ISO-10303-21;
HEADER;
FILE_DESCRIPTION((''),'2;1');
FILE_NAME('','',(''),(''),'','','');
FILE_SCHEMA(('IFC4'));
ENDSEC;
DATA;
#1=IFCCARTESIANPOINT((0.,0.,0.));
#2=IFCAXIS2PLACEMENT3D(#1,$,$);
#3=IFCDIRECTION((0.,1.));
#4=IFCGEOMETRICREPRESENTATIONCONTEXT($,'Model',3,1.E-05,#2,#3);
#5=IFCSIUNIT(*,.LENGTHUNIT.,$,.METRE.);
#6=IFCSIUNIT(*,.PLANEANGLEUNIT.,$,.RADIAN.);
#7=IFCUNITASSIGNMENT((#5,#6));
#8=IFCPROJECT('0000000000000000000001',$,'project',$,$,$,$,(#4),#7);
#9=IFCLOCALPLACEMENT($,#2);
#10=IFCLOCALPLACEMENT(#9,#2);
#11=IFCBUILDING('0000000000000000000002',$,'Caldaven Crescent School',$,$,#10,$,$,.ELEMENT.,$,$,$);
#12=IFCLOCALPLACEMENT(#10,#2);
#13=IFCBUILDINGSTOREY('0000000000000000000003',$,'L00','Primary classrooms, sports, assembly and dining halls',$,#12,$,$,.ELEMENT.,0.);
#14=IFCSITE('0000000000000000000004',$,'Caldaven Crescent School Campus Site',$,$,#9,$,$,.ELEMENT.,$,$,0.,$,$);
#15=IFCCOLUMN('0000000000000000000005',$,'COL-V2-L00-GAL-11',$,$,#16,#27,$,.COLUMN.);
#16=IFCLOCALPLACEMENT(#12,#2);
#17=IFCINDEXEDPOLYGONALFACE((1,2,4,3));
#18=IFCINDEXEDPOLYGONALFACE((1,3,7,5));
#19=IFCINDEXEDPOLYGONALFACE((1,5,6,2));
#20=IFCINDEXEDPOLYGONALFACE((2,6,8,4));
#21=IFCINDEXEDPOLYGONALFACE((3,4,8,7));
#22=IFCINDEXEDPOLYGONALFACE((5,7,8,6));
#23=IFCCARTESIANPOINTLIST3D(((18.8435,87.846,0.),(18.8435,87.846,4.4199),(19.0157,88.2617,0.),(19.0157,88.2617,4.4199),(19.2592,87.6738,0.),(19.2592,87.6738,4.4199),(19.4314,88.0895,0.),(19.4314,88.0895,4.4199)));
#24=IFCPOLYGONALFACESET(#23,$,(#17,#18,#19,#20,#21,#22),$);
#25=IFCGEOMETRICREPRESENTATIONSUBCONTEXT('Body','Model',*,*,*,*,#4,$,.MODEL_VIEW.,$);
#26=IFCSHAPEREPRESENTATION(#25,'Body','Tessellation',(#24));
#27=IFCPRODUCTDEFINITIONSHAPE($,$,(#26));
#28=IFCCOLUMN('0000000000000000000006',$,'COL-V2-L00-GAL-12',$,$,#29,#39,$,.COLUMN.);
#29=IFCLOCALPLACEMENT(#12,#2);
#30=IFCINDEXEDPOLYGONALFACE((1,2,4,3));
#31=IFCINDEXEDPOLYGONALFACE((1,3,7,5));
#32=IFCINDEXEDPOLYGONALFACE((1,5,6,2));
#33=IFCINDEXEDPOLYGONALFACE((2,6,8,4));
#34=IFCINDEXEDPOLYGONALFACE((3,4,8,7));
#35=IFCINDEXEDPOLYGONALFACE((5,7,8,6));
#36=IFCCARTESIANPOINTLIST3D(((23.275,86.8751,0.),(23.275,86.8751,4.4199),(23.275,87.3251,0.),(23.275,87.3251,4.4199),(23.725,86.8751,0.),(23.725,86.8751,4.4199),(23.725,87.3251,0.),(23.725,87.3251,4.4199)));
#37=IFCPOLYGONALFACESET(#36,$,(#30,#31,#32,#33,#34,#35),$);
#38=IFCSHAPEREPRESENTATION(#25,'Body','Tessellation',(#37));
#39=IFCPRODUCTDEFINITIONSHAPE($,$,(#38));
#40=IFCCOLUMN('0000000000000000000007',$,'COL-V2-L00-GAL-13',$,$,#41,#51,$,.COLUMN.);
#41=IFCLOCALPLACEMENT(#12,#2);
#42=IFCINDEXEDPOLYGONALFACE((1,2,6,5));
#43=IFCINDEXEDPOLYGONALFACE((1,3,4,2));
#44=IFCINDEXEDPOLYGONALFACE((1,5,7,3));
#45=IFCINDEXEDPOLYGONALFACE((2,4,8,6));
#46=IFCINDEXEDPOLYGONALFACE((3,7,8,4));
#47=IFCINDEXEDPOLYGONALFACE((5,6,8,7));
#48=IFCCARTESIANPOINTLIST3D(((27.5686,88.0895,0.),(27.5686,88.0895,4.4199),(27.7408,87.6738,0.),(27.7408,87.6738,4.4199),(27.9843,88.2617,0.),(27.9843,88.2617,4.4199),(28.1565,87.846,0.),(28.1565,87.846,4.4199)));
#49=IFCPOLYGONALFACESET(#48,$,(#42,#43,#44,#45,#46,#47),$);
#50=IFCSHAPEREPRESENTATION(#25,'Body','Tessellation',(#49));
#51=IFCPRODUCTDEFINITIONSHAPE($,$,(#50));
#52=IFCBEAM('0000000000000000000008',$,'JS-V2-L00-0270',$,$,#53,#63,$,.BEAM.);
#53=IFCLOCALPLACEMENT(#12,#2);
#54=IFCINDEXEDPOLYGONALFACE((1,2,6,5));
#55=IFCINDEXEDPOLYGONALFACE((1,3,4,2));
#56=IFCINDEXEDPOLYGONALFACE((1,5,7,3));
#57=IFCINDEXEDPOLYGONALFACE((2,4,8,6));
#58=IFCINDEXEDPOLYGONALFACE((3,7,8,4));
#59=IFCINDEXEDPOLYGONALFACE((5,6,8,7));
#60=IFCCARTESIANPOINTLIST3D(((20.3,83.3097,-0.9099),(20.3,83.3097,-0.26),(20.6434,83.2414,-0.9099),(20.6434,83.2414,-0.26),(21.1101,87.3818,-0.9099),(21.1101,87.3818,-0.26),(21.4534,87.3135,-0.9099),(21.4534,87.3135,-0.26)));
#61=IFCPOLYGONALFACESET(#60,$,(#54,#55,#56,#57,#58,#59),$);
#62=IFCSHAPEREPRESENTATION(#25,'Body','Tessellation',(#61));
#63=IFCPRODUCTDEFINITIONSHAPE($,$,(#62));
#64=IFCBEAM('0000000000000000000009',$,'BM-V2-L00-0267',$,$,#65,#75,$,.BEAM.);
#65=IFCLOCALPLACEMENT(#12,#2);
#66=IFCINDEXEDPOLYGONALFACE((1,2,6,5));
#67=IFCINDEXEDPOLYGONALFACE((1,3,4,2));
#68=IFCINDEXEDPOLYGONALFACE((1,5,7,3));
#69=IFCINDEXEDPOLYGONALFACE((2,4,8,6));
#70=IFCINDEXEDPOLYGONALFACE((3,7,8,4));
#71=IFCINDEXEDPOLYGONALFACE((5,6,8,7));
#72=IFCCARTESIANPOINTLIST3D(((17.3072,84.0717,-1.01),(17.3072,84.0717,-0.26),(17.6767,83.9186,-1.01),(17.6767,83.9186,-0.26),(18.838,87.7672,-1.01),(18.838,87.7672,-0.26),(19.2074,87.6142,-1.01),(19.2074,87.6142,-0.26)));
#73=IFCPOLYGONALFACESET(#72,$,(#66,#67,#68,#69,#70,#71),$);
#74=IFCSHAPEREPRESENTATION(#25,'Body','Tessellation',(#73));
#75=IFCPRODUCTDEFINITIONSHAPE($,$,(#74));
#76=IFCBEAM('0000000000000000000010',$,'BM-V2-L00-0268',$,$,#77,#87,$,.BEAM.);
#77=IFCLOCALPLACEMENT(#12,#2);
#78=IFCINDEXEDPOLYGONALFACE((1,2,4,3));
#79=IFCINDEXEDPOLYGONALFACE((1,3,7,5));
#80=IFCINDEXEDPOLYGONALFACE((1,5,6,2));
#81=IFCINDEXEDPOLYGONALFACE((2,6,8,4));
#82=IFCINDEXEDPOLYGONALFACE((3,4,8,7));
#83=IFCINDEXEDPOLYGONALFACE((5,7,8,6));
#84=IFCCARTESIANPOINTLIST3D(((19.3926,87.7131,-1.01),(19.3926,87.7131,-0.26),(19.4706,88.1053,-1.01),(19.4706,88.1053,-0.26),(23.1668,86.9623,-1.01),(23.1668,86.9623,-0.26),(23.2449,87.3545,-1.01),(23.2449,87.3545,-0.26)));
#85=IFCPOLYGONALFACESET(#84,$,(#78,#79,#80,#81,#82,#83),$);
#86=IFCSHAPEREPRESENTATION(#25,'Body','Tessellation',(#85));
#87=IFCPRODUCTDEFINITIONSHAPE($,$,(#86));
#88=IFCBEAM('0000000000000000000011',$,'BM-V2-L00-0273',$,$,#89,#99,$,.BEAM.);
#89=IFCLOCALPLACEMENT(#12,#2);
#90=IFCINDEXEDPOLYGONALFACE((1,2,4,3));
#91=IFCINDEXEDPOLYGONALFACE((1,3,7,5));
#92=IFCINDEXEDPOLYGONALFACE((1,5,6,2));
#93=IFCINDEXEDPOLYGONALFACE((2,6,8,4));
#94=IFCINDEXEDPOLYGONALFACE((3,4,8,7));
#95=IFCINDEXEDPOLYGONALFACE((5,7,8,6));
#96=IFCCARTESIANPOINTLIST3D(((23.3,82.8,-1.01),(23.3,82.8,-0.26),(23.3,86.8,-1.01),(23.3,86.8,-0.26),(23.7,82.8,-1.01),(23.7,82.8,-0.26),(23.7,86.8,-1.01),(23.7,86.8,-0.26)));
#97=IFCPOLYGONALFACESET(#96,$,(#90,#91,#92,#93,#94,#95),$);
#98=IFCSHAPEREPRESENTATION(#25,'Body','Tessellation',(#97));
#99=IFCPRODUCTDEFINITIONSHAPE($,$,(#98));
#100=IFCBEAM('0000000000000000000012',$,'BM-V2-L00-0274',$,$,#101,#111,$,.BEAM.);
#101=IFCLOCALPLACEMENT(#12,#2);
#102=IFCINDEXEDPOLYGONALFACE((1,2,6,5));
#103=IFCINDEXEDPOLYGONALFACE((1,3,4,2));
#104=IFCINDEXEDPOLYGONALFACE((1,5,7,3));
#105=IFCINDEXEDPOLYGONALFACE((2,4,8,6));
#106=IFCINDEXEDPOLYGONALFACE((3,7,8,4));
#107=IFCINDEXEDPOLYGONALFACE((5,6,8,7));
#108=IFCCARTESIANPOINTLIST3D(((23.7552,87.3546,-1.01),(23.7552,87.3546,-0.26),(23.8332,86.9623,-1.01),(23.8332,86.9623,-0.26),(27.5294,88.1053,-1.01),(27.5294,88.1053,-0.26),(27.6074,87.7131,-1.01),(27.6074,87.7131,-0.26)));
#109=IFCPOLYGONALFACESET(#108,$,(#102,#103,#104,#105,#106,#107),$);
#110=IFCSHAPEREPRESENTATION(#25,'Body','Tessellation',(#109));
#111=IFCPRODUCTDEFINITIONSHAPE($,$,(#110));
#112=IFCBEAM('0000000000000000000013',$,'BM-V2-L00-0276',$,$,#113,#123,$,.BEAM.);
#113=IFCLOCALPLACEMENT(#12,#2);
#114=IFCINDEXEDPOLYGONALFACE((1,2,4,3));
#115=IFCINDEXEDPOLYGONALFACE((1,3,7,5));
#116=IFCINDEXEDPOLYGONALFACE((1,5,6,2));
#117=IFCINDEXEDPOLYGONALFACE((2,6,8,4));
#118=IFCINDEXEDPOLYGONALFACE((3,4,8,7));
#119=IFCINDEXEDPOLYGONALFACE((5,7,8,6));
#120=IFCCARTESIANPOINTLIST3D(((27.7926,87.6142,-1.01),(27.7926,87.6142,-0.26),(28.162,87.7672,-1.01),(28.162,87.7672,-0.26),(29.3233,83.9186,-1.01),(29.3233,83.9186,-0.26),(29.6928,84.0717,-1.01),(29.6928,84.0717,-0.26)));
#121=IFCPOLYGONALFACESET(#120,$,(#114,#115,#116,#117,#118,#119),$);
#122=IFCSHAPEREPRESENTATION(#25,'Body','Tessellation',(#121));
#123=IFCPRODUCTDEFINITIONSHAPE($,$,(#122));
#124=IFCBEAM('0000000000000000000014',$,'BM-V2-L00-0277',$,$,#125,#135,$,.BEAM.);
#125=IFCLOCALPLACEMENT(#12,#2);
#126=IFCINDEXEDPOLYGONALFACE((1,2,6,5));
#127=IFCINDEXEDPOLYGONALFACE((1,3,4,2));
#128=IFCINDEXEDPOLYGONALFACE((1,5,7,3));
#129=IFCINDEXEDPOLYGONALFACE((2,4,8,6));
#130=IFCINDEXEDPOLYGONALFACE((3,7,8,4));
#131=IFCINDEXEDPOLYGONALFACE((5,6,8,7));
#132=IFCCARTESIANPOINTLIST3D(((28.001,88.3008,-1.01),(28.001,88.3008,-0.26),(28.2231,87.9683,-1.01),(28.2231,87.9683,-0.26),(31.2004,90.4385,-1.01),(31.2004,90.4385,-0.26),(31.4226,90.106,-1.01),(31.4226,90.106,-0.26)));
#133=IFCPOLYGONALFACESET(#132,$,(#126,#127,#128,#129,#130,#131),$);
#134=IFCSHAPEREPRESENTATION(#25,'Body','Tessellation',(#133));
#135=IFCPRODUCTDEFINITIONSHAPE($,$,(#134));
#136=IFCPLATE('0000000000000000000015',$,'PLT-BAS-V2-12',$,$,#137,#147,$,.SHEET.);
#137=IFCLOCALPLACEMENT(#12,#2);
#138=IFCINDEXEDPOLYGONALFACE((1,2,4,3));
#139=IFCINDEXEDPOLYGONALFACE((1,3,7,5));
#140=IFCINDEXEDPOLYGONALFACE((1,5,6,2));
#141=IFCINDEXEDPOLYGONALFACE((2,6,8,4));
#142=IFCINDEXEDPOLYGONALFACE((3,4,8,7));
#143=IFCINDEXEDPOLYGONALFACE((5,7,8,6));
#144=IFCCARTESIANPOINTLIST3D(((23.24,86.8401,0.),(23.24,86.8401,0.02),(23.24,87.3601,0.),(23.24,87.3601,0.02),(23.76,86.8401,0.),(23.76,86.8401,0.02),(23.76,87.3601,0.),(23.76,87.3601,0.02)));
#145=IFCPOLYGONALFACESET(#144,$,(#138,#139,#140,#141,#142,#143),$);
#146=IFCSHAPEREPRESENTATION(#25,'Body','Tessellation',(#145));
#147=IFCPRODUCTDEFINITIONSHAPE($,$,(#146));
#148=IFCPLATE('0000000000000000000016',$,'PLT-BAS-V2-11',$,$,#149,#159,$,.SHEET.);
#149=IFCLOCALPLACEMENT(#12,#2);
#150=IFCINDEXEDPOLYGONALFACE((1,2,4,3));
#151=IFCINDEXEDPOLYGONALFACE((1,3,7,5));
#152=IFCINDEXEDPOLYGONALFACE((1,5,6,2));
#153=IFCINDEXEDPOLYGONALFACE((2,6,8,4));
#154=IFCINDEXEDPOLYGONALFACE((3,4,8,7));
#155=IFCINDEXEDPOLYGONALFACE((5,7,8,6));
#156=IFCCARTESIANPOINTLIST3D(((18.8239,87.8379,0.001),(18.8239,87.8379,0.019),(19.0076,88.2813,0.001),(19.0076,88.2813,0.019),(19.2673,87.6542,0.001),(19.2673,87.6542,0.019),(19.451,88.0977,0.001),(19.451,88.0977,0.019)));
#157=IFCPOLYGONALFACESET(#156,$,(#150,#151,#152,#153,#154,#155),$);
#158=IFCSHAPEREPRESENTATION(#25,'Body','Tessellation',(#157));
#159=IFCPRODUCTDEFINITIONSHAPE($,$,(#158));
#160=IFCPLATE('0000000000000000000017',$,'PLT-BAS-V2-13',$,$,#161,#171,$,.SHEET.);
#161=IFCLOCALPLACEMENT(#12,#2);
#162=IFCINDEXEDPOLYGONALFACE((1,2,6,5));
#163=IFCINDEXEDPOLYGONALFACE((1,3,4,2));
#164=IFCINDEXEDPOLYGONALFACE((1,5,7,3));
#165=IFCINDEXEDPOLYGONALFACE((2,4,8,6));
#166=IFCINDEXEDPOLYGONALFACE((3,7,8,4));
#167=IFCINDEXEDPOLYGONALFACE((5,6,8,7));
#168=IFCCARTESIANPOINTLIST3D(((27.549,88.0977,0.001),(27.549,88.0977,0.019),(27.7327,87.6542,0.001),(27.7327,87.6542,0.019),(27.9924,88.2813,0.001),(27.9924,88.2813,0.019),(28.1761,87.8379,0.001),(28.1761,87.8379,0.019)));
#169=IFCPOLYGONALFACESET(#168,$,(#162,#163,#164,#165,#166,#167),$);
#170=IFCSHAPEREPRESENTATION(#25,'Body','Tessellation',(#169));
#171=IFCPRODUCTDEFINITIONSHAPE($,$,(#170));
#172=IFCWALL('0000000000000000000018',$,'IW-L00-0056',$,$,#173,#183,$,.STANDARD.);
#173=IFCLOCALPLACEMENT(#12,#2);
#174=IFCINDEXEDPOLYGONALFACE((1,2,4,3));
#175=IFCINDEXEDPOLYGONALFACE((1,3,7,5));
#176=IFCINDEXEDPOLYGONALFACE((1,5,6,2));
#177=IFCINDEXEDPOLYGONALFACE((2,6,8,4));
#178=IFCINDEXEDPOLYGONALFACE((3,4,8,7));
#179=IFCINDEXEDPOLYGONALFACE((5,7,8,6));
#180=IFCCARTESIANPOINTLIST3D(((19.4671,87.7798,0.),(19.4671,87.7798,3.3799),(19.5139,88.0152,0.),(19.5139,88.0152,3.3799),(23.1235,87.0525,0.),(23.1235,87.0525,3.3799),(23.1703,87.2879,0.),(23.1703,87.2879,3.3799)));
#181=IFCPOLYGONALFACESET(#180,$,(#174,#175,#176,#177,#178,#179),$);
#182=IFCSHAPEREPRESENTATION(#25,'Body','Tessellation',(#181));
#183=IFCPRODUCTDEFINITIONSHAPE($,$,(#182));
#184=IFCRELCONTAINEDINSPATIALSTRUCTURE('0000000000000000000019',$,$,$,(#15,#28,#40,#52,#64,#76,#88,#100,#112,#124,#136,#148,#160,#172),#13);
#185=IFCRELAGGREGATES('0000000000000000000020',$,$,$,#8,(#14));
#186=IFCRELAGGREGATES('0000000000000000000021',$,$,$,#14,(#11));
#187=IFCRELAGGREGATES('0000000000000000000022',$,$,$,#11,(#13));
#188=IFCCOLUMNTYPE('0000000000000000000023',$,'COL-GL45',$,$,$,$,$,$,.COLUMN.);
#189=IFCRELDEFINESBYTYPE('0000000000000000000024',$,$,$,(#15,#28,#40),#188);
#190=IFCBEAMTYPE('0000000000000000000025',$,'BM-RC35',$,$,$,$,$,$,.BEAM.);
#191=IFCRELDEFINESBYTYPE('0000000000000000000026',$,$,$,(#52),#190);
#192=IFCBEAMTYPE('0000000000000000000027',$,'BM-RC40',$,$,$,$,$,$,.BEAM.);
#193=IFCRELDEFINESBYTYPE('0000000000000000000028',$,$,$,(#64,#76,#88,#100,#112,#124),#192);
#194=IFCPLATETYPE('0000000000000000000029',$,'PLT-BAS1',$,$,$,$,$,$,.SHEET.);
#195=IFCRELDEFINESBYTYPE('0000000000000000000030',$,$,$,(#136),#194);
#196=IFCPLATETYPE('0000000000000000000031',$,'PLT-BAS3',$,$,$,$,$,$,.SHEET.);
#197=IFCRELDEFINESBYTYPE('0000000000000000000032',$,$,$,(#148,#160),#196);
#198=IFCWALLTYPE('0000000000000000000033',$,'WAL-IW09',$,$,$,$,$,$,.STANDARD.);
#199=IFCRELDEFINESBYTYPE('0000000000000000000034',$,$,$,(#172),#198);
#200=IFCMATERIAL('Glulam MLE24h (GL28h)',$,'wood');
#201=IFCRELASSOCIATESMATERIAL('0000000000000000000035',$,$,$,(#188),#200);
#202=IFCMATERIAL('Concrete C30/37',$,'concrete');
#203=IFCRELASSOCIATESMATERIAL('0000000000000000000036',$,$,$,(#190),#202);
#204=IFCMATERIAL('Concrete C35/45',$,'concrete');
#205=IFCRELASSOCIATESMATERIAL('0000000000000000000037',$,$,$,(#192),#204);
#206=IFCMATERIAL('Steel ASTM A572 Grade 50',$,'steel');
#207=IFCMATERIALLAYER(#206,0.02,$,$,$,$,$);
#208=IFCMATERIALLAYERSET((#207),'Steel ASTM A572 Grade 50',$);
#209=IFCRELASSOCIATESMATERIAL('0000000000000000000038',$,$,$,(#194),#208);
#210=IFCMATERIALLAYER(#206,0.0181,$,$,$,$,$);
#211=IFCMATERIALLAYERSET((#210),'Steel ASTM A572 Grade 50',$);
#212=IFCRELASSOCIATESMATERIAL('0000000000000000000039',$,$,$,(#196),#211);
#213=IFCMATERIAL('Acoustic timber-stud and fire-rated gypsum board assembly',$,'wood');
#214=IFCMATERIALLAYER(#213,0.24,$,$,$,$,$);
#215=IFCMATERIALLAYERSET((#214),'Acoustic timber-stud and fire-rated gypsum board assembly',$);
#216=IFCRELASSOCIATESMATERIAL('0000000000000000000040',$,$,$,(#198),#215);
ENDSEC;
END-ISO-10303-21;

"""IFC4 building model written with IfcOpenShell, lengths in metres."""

from ifc_helpers import new_model, si_unit, direction, frame, frame_2d, origin, origin_2d, place, context, subcontext, project, spatial, rectangle, extrude, material, layer, layer_set, material_profile, profile_set, type_object, element, save


model = new_model("IFC4")

# Units and contexts
model_context = context("Model", 3, precision=1e-05, world=origin(), true_north=direction((0.0, 1.0)))
body_context = subcontext(model_context, "Body", "Model", "MODEL_VIEW")
ifc_project = project(units=[si_unit("LENGTHUNIT", "METRE"), si_unit("PLANEANGLEUNIT", "RADIAN")], contexts=[model_context])

# Site, building, storey
site_placement = place(None, origin())
site = spatial("IfcSite", under=ifc_project, at=site_placement, Name="Caldaven Crescent School Campus Site", CompositionType="ELEMENT", RefElevation=0.0)
building_placement = place(site_placement, origin())
building = spatial("IfcBuilding", under=site, at=building_placement, Name="Caldaven Crescent School", CompositionType="ELEMENT")
storey_placement = place(building_placement, origin())
storey = spatial("IfcBuildingStorey", under=building, at=storey_placement, Name="L00", Description="Primary classrooms, sports, assembly and dining halls", CompositionType="ELEMENT", Elevation=0.0)

# Columns
ifc_material_1 = material(Name="Glulam MLE24h (GL28h)", Category="wood")
ifc_material_profile_1 = material_profile(ifc_material_1, rectangle(XDim=0.45, YDim=0.45, at=origin_2d()), Name="MLE 450x450")
ifc_profile_set_1 = profile_set([ifc_material_profile_1], Name="Glulam MLE24h (GL28h)")
column_type = type_object("IfcColumnType", Name="COL-GL45", PredefinedType="COLUMN", material=ifc_profile_set_1)
for number, where, z_axis, x_axis, name in (
    (1, (19.1375, 87.9678, 0.0), (0.0, 0.0, 1.0), (-0.382683, -0.92388, 0.0), "COL-V2-L00-GAL-11"),
    (2, (23.5, 87.1001, 0.0), (0.0, 0.0, 1.0), (0.0, -1.0, 0.0), "COL-V2-L00-GAL-12"),
    (3, (27.8625, 87.9678, 0.0), (0.0, 0.0, 1.0), (0.382683, -0.92388, 0.0), "COL-V2-L00-GAL-13"),
):
    element("IfcColumn", number, at=place(storey_placement, frame(where, z_axis=z_axis, x_axis=x_axis)), inside=storey, type_object=column_type, Name=name, PredefinedType="COLUMN", context=body_context, shape_type="SweptSolid", body=[
        extrude(rectangle(XDim=0.45, YDim=0.45, at=origin_2d()), origin(), (0.0, 0.0, 1.0), 4.4199),
    ])

# Beams
ifc_material_2 = material(Name="Concrete C30/37", Category="concrete")
ifc_material_profile_2 = material_profile(ifc_material_2, rectangle(XDim=0.3501, YDim=0.6499, at=origin_2d()), Name="RC 350x650")
ifc_profile_set_2 = profile_set([ifc_material_profile_2], Name="Concrete C30/37")
beam_type_1 = type_object("IfcBeamType", Name="BM-RC35", PredefinedType="BEAM", material=ifc_profile_set_2)
beam_1_placement = place(storey_placement, frame((21.2817, 87.3477, -0.585), z_axis=(-0.19511, -0.980781, 0.0), x_axis=(0.980781, -0.19511, 0.0)))
element("IfcBeam", 4, at=beam_1_placement, inside=storey, type_object=beam_type_1, Name="JS-V2-L00-0270", PredefinedType="BEAM", context=body_context, shape_type="SweptSolid", body=[
    extrude(rectangle(XDim=0.3501, YDim=0.6499, at=origin_2d()), origin(), (0.0, 0.0, 1.0), 4.1519),
])
ifc_material_3 = material(Name="Concrete C35/45", Category="concrete")
ifc_material_profile_3 = material_profile(ifc_material_3, rectangle(XDim=0.3999, YDim=0.75, at=origin_2d()), Name="RC 400x750")
ifc_profile_set_3 = profile_set([ifc_material_profile_3], Name="Concrete C35/45")
beam_type_2 = type_object("IfcBeamType", Name="BM-RC40", PredefinedType="BEAM", material=ifc_profile_set_3)
beam_2_placement = place(storey_placement, frame((19.0227, 87.6907, -0.635), z_axis=(-0.382686, -0.923878, 0.0), x_axis=(0.923878, -0.382686, 0.0)))
element("IfcBeam", 5, at=beam_2_placement, inside=storey, type_object=beam_type_2, Name="BM-V2-L00-0267", PredefinedType="BEAM", context=body_context, shape_type="SweptSolid", body=[
    extrude(rectangle(XDim=0.3999, YDim=0.75, at=origin_2d()), origin(), (0.0, 0.0, 1.0), 4.0),
])
beam_3_placement = place(storey_placement, frame((19.4316, 87.9092, -0.635), z_axis=(0.980785, -0.195091, 0.0), x_axis=(0.195091, 0.980785, 0.0)))
element("IfcBeam", 6, at=beam_3_placement, inside=storey, type_object=beam_type_2, Name="BM-V2-L00-0268", PredefinedType="BEAM", context=body_context, shape_type="SweptSolid", body=[
    extrude(rectangle(XDim=0.3999, YDim=0.75, at=origin_2d()), origin(), (0.0, 0.0, 1.0), 3.8481),
])
beam_4_placement = place(storey_placement, frame((23.5, 86.8, -0.635), z_axis=(0.0, -1.0, 0.0), x_axis=(1.0, 0.0, 0.0)))
element("IfcBeam", 7, at=beam_4_placement, inside=storey, type_object=beam_type_2, Name="BM-V2-L00-0273", PredefinedType="BEAM", context=body_context, shape_type="SweptSolid", body=[
    extrude(rectangle(XDim=0.3999, YDim=0.75, at=origin_2d()), origin(), (0.0, 0.0, 1.0), 4.0),
])
beam_5_placement = place(storey_placement, frame((23.7942, 87.1584, -0.635), z_axis=(0.980785, 0.195091, 0.0), x_axis=(-0.195091, 0.980785, 0.0)))
element("IfcBeam", 8, at=beam_5_placement, inside=storey, type_object=beam_type_2, Name="BM-V2-L00-0274", PredefinedType="BEAM", context=body_context, shape_type="SweptSolid", body=[
    extrude(rectangle(XDim=0.3999, YDim=0.75, at=origin_2d()), origin(), (0.0, 0.0, 1.0), 3.8481),
])
beam_6_placement = place(storey_placement, frame((27.9773, 87.6907, -0.635), z_axis=(0.382686, -0.923878, 0.0), x_axis=(0.923878, 0.382686, 0.0)))
element("IfcBeam", 9, at=beam_6_placement, inside=storey, type_object=beam_type_2, Name="BM-V2-L00-0276", PredefinedType="BEAM", context=body_context, shape_type="SweptSolid", body=[
    extrude(rectangle(XDim=0.3999, YDim=0.75, at=origin_2d()), origin(), (0.0, 0.0, 1.0), 4.0),
])
beam_7_placement = place(storey_placement, frame((28.1121, 88.1345, -0.635), z_axis=(0.831484, 0.555549, 0.0), x_axis=(-0.555549, 0.831484, 0.0)))
element("IfcBeam", 10, at=beam_7_placement, inside=storey, type_object=beam_type_2, Name="BM-V2-L00-0277", PredefinedType="BEAM", context=body_context, shape_type="SweptSolid", body=[
    extrude(rectangle(XDim=0.3999, YDim=0.75, at=origin_2d()), origin(), (0.0, 0.0, 1.0), 3.8479),
])

# Plates
ifc_material_4 = material(Name="Steel ASTM A572 Grade 50", Category="steel")
ifc_layer_1 = layer(ifc_material_4, 0.02)
ifc_layer_set_1 = layer_set([ifc_layer_1], Name="Steel ASTM A572 Grade 50")
plate_type_1 = type_object("IfcPlateType", Name="PLT-BAS1", PredefinedType="SHEET", material=ifc_layer_set_1)
plate_placement = place(storey_placement, frame((23.5, 87.1001, 0.0), z_axis=(0.0, 0.0, 1.0), x_axis=(0.0, -1.0, 0.0)))
element("IfcPlate", 11, at=plate_placement, inside=storey, type_object=plate_type_1, Name="PLT-BAS-V2-12", PredefinedType="SHEET", context=body_context, shape_type="SweptSolid", body=[
    extrude(rectangle(XDim=0.52, YDim=0.52, at=origin_2d()), origin(), (0.0, 0.0, 1.0), 0.02),
])
ifc_layer_2 = layer(ifc_material_4, 0.0181)
ifc_layer_set_2 = layer_set([ifc_layer_2], Name="Steel ASTM A572 Grade 50")
plate_type_2 = type_object("IfcPlateType", Name="PLT-BAS3", PredefinedType="SHEET", material=ifc_layer_set_2)
for number, where, z_axis, x_axis, name in (
    (12, (19.1375, 87.9678, 0.001), (0.0, 0.0, 1.0), (-0.382683, -0.92388, 0.0), "PLT-BAS-V2-11"),
    (13, (27.8625, 87.9678, 0.001), (0.0, 0.0, 1.0), (0.382683, -0.92388, 0.0), "PLT-BAS-V2-13"),
):
    element("IfcPlate", number, at=place(storey_placement, frame(where, z_axis=z_axis, x_axis=x_axis)), inside=storey, type_object=plate_type_2, Name=name, PredefinedType="SHEET", context=body_context, shape_type="SweptSolid", body=[
        extrude(rectangle(XDim=0.48, YDim=0.48, at=origin_2d()), origin(), (0.0, 0.0, 1.0), 0.0181),
    ])

# Wall
ifc_material_5 = material(Name="Acoustic timber-stud and fire-rated gypsum board assembly", Category="wood")
ifc_layer_3 = layer(ifc_material_5, 0.24)
ifc_layer_set_3 = layer_set([ifc_layer_3], Name="Acoustic timber-stud and fire-rated gypsum board assembly")
wall_type_1 = type_object("IfcWallType", Name="WAL-IW09", PredefinedType="STANDARD", material=ifc_layer_set_3)
wall_1_placement = place(storey_placement, frame((19.4905, 87.8975, 0.0), z_axis=(0.0, 0.0, 1.0), x_axis=(0.980787, -0.195083, 0.0)))
element("IfcWall", 14, at=wall_1_placement, inside=storey, type_object=wall_type_1, Name="IW-L00-0056", PredefinedType="STANDARD", context=body_context, shape_type="SweptSolid", body=[
    extrude(rectangle(XDim=3.728, YDim=0.24, at=frame_2d((1.864, 0.0))), origin(), (0.0, 0.0, 1.0), 3.3799),
])

save(model, "model.ifc")
